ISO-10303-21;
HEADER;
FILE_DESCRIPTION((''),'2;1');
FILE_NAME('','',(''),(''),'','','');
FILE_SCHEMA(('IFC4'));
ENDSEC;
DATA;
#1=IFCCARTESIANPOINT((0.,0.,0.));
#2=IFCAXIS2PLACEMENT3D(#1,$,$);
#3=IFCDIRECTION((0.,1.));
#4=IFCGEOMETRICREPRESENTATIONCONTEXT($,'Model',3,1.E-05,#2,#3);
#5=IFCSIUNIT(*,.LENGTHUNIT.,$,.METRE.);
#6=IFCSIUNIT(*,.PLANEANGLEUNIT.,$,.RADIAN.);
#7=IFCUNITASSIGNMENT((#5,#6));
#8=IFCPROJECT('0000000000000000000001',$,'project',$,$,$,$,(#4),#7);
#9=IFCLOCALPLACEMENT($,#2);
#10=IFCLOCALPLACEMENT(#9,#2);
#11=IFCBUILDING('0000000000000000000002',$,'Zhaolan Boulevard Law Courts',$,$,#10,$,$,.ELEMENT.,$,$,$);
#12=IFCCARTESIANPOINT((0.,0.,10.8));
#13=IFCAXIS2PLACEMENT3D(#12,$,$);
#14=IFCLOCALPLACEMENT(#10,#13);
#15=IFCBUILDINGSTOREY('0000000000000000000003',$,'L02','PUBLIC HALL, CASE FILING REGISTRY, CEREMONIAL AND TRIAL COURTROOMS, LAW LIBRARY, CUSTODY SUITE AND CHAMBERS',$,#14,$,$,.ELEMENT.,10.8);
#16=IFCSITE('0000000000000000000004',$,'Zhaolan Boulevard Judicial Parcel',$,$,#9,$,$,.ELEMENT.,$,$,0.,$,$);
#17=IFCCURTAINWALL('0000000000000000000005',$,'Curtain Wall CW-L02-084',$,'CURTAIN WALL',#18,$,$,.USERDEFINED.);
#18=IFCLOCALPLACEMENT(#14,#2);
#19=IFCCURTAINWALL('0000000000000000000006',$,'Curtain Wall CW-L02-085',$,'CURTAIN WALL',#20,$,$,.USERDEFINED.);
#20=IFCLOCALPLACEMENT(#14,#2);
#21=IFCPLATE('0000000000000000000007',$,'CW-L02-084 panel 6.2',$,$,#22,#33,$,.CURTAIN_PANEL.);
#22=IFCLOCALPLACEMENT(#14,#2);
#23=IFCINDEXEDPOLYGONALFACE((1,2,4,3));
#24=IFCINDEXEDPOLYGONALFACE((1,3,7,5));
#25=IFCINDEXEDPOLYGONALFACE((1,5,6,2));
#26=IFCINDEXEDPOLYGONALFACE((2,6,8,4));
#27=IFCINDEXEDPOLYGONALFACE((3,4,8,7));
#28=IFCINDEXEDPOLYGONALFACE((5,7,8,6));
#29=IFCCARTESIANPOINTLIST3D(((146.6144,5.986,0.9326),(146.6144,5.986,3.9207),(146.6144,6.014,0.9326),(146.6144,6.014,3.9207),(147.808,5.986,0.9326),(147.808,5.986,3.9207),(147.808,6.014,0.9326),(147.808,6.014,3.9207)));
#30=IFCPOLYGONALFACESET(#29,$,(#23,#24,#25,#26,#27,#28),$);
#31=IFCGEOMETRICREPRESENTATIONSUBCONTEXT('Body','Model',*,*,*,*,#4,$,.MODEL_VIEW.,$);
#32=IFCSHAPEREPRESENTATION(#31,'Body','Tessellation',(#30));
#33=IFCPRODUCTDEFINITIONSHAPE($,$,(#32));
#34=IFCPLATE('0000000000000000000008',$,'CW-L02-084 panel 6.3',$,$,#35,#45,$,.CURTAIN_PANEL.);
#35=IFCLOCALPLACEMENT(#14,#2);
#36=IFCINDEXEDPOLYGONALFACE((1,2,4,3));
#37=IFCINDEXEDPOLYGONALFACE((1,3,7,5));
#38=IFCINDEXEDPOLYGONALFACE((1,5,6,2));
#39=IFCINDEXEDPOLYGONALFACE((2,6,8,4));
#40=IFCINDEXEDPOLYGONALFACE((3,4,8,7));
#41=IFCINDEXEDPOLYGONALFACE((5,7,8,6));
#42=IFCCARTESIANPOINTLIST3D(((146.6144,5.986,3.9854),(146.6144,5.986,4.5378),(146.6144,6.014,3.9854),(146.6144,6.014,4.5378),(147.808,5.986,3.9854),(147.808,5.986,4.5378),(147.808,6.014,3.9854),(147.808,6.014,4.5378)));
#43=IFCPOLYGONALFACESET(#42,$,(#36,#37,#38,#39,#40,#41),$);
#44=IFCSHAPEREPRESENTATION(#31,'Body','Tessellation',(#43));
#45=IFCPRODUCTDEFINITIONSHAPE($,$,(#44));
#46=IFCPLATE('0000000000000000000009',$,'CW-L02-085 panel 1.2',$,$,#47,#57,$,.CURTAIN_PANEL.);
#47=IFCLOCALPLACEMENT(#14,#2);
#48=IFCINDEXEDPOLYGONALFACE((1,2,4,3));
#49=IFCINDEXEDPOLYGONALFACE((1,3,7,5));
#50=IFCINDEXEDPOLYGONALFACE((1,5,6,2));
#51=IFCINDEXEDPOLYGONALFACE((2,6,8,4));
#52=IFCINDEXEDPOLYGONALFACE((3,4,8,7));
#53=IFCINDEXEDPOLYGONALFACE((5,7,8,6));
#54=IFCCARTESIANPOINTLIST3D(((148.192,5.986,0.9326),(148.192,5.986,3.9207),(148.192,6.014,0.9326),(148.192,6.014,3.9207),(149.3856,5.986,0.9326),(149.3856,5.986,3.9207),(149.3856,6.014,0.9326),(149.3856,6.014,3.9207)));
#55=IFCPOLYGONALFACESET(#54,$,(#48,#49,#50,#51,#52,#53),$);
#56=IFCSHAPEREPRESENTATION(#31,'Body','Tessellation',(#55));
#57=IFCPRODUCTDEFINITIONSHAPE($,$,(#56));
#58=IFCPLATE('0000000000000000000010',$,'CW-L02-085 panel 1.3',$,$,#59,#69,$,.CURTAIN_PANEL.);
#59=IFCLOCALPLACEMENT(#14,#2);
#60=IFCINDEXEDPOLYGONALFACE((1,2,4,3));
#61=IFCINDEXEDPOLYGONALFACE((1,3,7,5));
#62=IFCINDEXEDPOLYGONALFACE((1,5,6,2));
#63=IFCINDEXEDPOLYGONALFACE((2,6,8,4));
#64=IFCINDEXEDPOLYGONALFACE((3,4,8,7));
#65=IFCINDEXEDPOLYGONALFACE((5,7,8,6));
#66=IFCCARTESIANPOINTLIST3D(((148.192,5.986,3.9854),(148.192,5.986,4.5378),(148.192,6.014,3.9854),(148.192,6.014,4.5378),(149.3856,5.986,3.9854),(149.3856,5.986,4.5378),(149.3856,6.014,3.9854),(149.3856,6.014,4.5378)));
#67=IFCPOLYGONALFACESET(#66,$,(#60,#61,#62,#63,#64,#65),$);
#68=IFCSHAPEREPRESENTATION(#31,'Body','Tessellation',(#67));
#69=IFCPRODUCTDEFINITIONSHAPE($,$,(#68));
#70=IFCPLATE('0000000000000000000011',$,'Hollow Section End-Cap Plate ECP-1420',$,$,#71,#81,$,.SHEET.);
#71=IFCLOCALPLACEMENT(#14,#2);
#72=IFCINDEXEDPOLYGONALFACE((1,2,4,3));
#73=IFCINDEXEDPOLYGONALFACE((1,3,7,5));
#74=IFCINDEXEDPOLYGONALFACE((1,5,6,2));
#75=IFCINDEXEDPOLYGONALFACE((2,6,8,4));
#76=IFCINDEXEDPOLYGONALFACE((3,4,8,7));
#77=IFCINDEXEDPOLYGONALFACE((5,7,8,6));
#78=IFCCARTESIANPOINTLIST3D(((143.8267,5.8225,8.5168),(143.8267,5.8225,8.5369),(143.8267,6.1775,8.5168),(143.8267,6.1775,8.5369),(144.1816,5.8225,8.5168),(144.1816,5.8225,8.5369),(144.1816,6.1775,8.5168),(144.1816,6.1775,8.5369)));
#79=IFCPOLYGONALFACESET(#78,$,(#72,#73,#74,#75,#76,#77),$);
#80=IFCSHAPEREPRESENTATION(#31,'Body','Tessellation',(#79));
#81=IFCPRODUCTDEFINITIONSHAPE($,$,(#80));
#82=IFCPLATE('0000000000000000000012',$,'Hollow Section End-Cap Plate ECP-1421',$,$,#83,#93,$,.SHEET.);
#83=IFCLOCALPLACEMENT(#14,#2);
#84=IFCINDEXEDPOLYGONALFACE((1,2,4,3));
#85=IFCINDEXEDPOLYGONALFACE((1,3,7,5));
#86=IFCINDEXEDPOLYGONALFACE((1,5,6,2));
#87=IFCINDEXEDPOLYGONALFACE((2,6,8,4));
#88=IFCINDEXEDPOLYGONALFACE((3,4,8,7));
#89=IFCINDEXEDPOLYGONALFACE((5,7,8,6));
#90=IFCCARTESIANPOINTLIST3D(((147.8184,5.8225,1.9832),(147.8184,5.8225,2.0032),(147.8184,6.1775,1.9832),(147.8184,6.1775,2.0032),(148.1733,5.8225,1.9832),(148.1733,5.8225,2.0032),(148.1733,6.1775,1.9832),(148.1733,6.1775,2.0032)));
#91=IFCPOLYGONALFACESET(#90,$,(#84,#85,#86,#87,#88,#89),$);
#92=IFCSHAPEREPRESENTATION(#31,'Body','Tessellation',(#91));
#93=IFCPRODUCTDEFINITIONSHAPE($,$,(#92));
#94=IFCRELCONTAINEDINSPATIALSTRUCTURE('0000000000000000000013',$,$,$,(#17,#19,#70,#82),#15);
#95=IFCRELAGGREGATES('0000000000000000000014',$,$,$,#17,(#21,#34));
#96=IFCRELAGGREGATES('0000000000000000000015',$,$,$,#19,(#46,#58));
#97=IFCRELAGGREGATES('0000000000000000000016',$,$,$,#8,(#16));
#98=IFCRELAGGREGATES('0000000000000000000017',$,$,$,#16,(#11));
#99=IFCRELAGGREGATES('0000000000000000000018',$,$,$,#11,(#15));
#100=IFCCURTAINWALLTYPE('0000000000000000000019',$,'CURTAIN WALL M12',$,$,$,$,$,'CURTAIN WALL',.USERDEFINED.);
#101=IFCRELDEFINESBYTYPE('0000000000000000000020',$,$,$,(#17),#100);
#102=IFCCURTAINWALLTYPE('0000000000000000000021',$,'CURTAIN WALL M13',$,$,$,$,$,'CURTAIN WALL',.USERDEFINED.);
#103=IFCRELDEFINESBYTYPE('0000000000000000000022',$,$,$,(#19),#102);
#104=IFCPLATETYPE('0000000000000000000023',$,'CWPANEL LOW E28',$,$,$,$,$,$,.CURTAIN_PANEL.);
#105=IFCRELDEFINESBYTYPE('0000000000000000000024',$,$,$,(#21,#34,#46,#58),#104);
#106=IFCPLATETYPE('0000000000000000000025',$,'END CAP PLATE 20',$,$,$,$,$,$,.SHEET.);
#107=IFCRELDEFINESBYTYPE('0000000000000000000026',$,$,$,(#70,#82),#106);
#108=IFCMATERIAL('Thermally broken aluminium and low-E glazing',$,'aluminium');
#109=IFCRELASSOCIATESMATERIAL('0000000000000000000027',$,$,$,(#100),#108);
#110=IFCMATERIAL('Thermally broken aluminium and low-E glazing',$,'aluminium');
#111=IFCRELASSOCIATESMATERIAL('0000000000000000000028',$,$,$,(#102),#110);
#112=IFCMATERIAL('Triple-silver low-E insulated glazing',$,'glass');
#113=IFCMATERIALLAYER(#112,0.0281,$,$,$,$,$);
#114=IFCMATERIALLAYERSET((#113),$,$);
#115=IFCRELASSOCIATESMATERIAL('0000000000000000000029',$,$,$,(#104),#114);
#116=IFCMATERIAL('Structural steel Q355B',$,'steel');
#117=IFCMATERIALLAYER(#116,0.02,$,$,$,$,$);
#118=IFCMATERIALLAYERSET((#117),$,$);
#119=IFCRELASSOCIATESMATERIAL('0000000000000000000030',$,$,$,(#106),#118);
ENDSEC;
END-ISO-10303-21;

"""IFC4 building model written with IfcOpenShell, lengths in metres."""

from ifc_helpers import new_model, si_unit, direction, frame, origin, origin_2d, place, context, subcontext, project, spatial, rectangle, extrude, material, layer, layer_set, type_object, element, aggregate, save


model = new_model("IFC4")

# Units and contexts
model_context = context("Model", 3, precision=1e-05, world=origin(), true_north=direction((0.0, 1.0)))
body_context = subcontext(model_context, "Body", "Model", "MODEL_VIEW")
ifc_project = project(units=[si_unit("LENGTHUNIT", "METRE"), si_unit("PLANEANGLEUNIT", "RADIAN")], contexts=[model_context])

# Site, building, storey
site_placement = place(None, origin())
site = spatial("IfcSite", under=ifc_project, at=site_placement, Name="Zhaolan Boulevard Judicial Parcel", CompositionType="ELEMENT", RefElevation=0.0)
building_placement = place(site_placement, origin())
building = spatial("IfcBuilding", under=site, at=building_placement, Name="Zhaolan Boulevard Law Courts", CompositionType="ELEMENT")
storey_placement = place(building_placement, frame((0.0, 0.0, 10.8)))
storey = spatial("IfcBuildingStorey", under=building, at=storey_placement, Name="L02", Description="PUBLIC HALL, CASE FILING REGISTRY, CEREMONIAL AND TRIAL COURTROOMS, LAW LIBRARY, CUSTODY SUITE AND CHAMBERS", CompositionType="ELEMENT", Elevation=10.8)

# Curtain walls
ifc_material_1 = material(Name="Thermally broken aluminium and low-E glazing", Category="aluminium")
curtain_wall_type_1 = type_object("IfcCurtainWallType", Name="CURTAIN WALL M12", ElementType="CURTAIN WALL", PredefinedType="USERDEFINED", material=ifc_material_1)
curtain_wall_1_placement = place(storey_placement, origin())
curtain_wall_1 = element("IfcCurtainWall", 1, at=curtain_wall_1_placement, inside=storey, type_object=curtain_wall_type_1, Name="Curtain Wall CW-L02-084", ObjectType="CURTAIN WALL", PredefinedType="USERDEFINED")
ifc_material_2 = material(Name="Thermally broken aluminium and low-E glazing", Category="aluminium")
curtain_wall_type_2 = type_object("IfcCurtainWallType", Name="CURTAIN WALL M13", ElementType="CURTAIN WALL", PredefinedType="USERDEFINED", material=ifc_material_2)
curtain_wall_2_placement = place(storey_placement, origin())
curtain_wall_2 = element("IfcCurtainWall", 2, at=curtain_wall_2_placement, inside=storey, type_object=curtain_wall_type_2, Name="Curtain Wall CW-L02-085", ObjectType="CURTAIN WALL", PredefinedType="USERDEFINED")

# Plates
ifc_material_3 = material(Name="Triple-silver low-E insulated glazing", Category="glass")
ifc_layer_1 = layer(ifc_material_3, 0.0281)
ifc_layer_set_1 = layer_set([ifc_layer_1])
plate_type_1 = type_object("IfcPlateType", Name="CWPANEL LOW E28", PredefinedType="CURTAIN_PANEL", material=ifc_layer_set_1)
plate_1_placement = place(storey_placement, frame((147.2112, 6.0, 0.9326), z_axis=(0.0, 0.0, 1.0), x_axis=(1.0, 0.0, 0.0)))
plate_1 = element("IfcPlate", 3, at=plate_1_placement, type_object=plate_type_1, Name="CW-L02-084 panel 6.2", PredefinedType="CURTAIN_PANEL", context=body_context, shape_type="SweptSolid", body=[
    extrude(rectangle(XDim=1.1936, YDim=0.0281, at=origin_2d()), origin(), (0.0, 0.0, 1.0), 2.988),
])
plate_2_placement = place(storey_placement, frame((147.2112, 6.0, 3.9854), z_axis=(0.0, 0.0, 1.0), x_axis=(1.0, 0.0, 0.0)))
plate_2 = element("IfcPlate", 4, at=plate_2_placement, type_object=plate_type_1, Name="CW-L02-084 panel 6.3", PredefinedType="CURTAIN_PANEL", context=body_context, shape_type="SweptSolid", body=[
    extrude(rectangle(XDim=1.1936, YDim=0.0281, at=origin_2d()), origin(), (0.0, 0.0, 1.0), 0.5525),
])
aggregate(curtain_wall_1, [plate_1, plate_2])
plate_3_placement = place(storey_placement, frame((148.7888, 6.0, 0.9326), z_axis=(0.0, 0.0, 1.0), x_axis=(1.0, 0.0, 0.0)))
plate_3 = element("IfcPlate", 5, at=plate_3_placement, type_object=plate_type_1, Name="CW-L02-085 panel 1.2", PredefinedType="CURTAIN_PANEL", context=body_context, shape_type="SweptSolid", body=[
    extrude(rectangle(XDim=1.1936, YDim=0.0281, at=origin_2d()), origin(), (0.0, 0.0, 1.0), 2.988),
])
plate_4_placement = place(storey_placement, frame((148.7888, 6.0, 3.9854), z_axis=(0.0, 0.0, 1.0), x_axis=(1.0, 0.0, 0.0)))
plate_4 = element("IfcPlate", 6, at=plate_4_placement, type_object=plate_type_1, Name="CW-L02-085 panel 1.3", PredefinedType="CURTAIN_PANEL", context=body_context, shape_type="SweptSolid", body=[
    extrude(rectangle(XDim=1.1936, YDim=0.0281, at=origin_2d()), origin(), (0.0, 0.0, 1.0), 0.5525),
])
aggregate(curtain_wall_2, [plate_3, plate_4])

# Plates
ifc_material_4 = material(Name="Structural steel Q355B", Category="steel")
ifc_layer_2 = layer(ifc_material_4, 0.02)
ifc_layer_set_2 = layer_set([ifc_layer_2])
plate_type_2 = type_object("IfcPlateType", Name="END CAP PLATE 20", PredefinedType="SHEET", material=ifc_layer_set_2)
for number, where, z_axis, x_axis, name in (
    (7, (144.0042, 6.0, 8.5168), (0.0, 0.0, 1.0), (1.0, 0.0, 0.0), "Hollow Section End-Cap Plate ECP-1420"),
    (8, (147.9958, 6.0, 1.9832), (0.0, 0.0, 1.0), (1.0, 0.0, 0.0), "Hollow Section End-Cap Plate ECP-1421"),
):
    element("IfcPlate", number, at=place(storey_placement, frame(where, z_axis=z_axis, x_axis=x_axis)), inside=storey, type_object=plate_type_2, Name=name, PredefinedType="SHEET", context=body_context, shape_type="SweptSolid", body=[
        extrude(rectangle(XDim=0.355, YDim=0.355, at=origin_2d()), origin(), (0.0, 0.0, 1.0), 0.02),
    ])

save(model, "model.ifc")
